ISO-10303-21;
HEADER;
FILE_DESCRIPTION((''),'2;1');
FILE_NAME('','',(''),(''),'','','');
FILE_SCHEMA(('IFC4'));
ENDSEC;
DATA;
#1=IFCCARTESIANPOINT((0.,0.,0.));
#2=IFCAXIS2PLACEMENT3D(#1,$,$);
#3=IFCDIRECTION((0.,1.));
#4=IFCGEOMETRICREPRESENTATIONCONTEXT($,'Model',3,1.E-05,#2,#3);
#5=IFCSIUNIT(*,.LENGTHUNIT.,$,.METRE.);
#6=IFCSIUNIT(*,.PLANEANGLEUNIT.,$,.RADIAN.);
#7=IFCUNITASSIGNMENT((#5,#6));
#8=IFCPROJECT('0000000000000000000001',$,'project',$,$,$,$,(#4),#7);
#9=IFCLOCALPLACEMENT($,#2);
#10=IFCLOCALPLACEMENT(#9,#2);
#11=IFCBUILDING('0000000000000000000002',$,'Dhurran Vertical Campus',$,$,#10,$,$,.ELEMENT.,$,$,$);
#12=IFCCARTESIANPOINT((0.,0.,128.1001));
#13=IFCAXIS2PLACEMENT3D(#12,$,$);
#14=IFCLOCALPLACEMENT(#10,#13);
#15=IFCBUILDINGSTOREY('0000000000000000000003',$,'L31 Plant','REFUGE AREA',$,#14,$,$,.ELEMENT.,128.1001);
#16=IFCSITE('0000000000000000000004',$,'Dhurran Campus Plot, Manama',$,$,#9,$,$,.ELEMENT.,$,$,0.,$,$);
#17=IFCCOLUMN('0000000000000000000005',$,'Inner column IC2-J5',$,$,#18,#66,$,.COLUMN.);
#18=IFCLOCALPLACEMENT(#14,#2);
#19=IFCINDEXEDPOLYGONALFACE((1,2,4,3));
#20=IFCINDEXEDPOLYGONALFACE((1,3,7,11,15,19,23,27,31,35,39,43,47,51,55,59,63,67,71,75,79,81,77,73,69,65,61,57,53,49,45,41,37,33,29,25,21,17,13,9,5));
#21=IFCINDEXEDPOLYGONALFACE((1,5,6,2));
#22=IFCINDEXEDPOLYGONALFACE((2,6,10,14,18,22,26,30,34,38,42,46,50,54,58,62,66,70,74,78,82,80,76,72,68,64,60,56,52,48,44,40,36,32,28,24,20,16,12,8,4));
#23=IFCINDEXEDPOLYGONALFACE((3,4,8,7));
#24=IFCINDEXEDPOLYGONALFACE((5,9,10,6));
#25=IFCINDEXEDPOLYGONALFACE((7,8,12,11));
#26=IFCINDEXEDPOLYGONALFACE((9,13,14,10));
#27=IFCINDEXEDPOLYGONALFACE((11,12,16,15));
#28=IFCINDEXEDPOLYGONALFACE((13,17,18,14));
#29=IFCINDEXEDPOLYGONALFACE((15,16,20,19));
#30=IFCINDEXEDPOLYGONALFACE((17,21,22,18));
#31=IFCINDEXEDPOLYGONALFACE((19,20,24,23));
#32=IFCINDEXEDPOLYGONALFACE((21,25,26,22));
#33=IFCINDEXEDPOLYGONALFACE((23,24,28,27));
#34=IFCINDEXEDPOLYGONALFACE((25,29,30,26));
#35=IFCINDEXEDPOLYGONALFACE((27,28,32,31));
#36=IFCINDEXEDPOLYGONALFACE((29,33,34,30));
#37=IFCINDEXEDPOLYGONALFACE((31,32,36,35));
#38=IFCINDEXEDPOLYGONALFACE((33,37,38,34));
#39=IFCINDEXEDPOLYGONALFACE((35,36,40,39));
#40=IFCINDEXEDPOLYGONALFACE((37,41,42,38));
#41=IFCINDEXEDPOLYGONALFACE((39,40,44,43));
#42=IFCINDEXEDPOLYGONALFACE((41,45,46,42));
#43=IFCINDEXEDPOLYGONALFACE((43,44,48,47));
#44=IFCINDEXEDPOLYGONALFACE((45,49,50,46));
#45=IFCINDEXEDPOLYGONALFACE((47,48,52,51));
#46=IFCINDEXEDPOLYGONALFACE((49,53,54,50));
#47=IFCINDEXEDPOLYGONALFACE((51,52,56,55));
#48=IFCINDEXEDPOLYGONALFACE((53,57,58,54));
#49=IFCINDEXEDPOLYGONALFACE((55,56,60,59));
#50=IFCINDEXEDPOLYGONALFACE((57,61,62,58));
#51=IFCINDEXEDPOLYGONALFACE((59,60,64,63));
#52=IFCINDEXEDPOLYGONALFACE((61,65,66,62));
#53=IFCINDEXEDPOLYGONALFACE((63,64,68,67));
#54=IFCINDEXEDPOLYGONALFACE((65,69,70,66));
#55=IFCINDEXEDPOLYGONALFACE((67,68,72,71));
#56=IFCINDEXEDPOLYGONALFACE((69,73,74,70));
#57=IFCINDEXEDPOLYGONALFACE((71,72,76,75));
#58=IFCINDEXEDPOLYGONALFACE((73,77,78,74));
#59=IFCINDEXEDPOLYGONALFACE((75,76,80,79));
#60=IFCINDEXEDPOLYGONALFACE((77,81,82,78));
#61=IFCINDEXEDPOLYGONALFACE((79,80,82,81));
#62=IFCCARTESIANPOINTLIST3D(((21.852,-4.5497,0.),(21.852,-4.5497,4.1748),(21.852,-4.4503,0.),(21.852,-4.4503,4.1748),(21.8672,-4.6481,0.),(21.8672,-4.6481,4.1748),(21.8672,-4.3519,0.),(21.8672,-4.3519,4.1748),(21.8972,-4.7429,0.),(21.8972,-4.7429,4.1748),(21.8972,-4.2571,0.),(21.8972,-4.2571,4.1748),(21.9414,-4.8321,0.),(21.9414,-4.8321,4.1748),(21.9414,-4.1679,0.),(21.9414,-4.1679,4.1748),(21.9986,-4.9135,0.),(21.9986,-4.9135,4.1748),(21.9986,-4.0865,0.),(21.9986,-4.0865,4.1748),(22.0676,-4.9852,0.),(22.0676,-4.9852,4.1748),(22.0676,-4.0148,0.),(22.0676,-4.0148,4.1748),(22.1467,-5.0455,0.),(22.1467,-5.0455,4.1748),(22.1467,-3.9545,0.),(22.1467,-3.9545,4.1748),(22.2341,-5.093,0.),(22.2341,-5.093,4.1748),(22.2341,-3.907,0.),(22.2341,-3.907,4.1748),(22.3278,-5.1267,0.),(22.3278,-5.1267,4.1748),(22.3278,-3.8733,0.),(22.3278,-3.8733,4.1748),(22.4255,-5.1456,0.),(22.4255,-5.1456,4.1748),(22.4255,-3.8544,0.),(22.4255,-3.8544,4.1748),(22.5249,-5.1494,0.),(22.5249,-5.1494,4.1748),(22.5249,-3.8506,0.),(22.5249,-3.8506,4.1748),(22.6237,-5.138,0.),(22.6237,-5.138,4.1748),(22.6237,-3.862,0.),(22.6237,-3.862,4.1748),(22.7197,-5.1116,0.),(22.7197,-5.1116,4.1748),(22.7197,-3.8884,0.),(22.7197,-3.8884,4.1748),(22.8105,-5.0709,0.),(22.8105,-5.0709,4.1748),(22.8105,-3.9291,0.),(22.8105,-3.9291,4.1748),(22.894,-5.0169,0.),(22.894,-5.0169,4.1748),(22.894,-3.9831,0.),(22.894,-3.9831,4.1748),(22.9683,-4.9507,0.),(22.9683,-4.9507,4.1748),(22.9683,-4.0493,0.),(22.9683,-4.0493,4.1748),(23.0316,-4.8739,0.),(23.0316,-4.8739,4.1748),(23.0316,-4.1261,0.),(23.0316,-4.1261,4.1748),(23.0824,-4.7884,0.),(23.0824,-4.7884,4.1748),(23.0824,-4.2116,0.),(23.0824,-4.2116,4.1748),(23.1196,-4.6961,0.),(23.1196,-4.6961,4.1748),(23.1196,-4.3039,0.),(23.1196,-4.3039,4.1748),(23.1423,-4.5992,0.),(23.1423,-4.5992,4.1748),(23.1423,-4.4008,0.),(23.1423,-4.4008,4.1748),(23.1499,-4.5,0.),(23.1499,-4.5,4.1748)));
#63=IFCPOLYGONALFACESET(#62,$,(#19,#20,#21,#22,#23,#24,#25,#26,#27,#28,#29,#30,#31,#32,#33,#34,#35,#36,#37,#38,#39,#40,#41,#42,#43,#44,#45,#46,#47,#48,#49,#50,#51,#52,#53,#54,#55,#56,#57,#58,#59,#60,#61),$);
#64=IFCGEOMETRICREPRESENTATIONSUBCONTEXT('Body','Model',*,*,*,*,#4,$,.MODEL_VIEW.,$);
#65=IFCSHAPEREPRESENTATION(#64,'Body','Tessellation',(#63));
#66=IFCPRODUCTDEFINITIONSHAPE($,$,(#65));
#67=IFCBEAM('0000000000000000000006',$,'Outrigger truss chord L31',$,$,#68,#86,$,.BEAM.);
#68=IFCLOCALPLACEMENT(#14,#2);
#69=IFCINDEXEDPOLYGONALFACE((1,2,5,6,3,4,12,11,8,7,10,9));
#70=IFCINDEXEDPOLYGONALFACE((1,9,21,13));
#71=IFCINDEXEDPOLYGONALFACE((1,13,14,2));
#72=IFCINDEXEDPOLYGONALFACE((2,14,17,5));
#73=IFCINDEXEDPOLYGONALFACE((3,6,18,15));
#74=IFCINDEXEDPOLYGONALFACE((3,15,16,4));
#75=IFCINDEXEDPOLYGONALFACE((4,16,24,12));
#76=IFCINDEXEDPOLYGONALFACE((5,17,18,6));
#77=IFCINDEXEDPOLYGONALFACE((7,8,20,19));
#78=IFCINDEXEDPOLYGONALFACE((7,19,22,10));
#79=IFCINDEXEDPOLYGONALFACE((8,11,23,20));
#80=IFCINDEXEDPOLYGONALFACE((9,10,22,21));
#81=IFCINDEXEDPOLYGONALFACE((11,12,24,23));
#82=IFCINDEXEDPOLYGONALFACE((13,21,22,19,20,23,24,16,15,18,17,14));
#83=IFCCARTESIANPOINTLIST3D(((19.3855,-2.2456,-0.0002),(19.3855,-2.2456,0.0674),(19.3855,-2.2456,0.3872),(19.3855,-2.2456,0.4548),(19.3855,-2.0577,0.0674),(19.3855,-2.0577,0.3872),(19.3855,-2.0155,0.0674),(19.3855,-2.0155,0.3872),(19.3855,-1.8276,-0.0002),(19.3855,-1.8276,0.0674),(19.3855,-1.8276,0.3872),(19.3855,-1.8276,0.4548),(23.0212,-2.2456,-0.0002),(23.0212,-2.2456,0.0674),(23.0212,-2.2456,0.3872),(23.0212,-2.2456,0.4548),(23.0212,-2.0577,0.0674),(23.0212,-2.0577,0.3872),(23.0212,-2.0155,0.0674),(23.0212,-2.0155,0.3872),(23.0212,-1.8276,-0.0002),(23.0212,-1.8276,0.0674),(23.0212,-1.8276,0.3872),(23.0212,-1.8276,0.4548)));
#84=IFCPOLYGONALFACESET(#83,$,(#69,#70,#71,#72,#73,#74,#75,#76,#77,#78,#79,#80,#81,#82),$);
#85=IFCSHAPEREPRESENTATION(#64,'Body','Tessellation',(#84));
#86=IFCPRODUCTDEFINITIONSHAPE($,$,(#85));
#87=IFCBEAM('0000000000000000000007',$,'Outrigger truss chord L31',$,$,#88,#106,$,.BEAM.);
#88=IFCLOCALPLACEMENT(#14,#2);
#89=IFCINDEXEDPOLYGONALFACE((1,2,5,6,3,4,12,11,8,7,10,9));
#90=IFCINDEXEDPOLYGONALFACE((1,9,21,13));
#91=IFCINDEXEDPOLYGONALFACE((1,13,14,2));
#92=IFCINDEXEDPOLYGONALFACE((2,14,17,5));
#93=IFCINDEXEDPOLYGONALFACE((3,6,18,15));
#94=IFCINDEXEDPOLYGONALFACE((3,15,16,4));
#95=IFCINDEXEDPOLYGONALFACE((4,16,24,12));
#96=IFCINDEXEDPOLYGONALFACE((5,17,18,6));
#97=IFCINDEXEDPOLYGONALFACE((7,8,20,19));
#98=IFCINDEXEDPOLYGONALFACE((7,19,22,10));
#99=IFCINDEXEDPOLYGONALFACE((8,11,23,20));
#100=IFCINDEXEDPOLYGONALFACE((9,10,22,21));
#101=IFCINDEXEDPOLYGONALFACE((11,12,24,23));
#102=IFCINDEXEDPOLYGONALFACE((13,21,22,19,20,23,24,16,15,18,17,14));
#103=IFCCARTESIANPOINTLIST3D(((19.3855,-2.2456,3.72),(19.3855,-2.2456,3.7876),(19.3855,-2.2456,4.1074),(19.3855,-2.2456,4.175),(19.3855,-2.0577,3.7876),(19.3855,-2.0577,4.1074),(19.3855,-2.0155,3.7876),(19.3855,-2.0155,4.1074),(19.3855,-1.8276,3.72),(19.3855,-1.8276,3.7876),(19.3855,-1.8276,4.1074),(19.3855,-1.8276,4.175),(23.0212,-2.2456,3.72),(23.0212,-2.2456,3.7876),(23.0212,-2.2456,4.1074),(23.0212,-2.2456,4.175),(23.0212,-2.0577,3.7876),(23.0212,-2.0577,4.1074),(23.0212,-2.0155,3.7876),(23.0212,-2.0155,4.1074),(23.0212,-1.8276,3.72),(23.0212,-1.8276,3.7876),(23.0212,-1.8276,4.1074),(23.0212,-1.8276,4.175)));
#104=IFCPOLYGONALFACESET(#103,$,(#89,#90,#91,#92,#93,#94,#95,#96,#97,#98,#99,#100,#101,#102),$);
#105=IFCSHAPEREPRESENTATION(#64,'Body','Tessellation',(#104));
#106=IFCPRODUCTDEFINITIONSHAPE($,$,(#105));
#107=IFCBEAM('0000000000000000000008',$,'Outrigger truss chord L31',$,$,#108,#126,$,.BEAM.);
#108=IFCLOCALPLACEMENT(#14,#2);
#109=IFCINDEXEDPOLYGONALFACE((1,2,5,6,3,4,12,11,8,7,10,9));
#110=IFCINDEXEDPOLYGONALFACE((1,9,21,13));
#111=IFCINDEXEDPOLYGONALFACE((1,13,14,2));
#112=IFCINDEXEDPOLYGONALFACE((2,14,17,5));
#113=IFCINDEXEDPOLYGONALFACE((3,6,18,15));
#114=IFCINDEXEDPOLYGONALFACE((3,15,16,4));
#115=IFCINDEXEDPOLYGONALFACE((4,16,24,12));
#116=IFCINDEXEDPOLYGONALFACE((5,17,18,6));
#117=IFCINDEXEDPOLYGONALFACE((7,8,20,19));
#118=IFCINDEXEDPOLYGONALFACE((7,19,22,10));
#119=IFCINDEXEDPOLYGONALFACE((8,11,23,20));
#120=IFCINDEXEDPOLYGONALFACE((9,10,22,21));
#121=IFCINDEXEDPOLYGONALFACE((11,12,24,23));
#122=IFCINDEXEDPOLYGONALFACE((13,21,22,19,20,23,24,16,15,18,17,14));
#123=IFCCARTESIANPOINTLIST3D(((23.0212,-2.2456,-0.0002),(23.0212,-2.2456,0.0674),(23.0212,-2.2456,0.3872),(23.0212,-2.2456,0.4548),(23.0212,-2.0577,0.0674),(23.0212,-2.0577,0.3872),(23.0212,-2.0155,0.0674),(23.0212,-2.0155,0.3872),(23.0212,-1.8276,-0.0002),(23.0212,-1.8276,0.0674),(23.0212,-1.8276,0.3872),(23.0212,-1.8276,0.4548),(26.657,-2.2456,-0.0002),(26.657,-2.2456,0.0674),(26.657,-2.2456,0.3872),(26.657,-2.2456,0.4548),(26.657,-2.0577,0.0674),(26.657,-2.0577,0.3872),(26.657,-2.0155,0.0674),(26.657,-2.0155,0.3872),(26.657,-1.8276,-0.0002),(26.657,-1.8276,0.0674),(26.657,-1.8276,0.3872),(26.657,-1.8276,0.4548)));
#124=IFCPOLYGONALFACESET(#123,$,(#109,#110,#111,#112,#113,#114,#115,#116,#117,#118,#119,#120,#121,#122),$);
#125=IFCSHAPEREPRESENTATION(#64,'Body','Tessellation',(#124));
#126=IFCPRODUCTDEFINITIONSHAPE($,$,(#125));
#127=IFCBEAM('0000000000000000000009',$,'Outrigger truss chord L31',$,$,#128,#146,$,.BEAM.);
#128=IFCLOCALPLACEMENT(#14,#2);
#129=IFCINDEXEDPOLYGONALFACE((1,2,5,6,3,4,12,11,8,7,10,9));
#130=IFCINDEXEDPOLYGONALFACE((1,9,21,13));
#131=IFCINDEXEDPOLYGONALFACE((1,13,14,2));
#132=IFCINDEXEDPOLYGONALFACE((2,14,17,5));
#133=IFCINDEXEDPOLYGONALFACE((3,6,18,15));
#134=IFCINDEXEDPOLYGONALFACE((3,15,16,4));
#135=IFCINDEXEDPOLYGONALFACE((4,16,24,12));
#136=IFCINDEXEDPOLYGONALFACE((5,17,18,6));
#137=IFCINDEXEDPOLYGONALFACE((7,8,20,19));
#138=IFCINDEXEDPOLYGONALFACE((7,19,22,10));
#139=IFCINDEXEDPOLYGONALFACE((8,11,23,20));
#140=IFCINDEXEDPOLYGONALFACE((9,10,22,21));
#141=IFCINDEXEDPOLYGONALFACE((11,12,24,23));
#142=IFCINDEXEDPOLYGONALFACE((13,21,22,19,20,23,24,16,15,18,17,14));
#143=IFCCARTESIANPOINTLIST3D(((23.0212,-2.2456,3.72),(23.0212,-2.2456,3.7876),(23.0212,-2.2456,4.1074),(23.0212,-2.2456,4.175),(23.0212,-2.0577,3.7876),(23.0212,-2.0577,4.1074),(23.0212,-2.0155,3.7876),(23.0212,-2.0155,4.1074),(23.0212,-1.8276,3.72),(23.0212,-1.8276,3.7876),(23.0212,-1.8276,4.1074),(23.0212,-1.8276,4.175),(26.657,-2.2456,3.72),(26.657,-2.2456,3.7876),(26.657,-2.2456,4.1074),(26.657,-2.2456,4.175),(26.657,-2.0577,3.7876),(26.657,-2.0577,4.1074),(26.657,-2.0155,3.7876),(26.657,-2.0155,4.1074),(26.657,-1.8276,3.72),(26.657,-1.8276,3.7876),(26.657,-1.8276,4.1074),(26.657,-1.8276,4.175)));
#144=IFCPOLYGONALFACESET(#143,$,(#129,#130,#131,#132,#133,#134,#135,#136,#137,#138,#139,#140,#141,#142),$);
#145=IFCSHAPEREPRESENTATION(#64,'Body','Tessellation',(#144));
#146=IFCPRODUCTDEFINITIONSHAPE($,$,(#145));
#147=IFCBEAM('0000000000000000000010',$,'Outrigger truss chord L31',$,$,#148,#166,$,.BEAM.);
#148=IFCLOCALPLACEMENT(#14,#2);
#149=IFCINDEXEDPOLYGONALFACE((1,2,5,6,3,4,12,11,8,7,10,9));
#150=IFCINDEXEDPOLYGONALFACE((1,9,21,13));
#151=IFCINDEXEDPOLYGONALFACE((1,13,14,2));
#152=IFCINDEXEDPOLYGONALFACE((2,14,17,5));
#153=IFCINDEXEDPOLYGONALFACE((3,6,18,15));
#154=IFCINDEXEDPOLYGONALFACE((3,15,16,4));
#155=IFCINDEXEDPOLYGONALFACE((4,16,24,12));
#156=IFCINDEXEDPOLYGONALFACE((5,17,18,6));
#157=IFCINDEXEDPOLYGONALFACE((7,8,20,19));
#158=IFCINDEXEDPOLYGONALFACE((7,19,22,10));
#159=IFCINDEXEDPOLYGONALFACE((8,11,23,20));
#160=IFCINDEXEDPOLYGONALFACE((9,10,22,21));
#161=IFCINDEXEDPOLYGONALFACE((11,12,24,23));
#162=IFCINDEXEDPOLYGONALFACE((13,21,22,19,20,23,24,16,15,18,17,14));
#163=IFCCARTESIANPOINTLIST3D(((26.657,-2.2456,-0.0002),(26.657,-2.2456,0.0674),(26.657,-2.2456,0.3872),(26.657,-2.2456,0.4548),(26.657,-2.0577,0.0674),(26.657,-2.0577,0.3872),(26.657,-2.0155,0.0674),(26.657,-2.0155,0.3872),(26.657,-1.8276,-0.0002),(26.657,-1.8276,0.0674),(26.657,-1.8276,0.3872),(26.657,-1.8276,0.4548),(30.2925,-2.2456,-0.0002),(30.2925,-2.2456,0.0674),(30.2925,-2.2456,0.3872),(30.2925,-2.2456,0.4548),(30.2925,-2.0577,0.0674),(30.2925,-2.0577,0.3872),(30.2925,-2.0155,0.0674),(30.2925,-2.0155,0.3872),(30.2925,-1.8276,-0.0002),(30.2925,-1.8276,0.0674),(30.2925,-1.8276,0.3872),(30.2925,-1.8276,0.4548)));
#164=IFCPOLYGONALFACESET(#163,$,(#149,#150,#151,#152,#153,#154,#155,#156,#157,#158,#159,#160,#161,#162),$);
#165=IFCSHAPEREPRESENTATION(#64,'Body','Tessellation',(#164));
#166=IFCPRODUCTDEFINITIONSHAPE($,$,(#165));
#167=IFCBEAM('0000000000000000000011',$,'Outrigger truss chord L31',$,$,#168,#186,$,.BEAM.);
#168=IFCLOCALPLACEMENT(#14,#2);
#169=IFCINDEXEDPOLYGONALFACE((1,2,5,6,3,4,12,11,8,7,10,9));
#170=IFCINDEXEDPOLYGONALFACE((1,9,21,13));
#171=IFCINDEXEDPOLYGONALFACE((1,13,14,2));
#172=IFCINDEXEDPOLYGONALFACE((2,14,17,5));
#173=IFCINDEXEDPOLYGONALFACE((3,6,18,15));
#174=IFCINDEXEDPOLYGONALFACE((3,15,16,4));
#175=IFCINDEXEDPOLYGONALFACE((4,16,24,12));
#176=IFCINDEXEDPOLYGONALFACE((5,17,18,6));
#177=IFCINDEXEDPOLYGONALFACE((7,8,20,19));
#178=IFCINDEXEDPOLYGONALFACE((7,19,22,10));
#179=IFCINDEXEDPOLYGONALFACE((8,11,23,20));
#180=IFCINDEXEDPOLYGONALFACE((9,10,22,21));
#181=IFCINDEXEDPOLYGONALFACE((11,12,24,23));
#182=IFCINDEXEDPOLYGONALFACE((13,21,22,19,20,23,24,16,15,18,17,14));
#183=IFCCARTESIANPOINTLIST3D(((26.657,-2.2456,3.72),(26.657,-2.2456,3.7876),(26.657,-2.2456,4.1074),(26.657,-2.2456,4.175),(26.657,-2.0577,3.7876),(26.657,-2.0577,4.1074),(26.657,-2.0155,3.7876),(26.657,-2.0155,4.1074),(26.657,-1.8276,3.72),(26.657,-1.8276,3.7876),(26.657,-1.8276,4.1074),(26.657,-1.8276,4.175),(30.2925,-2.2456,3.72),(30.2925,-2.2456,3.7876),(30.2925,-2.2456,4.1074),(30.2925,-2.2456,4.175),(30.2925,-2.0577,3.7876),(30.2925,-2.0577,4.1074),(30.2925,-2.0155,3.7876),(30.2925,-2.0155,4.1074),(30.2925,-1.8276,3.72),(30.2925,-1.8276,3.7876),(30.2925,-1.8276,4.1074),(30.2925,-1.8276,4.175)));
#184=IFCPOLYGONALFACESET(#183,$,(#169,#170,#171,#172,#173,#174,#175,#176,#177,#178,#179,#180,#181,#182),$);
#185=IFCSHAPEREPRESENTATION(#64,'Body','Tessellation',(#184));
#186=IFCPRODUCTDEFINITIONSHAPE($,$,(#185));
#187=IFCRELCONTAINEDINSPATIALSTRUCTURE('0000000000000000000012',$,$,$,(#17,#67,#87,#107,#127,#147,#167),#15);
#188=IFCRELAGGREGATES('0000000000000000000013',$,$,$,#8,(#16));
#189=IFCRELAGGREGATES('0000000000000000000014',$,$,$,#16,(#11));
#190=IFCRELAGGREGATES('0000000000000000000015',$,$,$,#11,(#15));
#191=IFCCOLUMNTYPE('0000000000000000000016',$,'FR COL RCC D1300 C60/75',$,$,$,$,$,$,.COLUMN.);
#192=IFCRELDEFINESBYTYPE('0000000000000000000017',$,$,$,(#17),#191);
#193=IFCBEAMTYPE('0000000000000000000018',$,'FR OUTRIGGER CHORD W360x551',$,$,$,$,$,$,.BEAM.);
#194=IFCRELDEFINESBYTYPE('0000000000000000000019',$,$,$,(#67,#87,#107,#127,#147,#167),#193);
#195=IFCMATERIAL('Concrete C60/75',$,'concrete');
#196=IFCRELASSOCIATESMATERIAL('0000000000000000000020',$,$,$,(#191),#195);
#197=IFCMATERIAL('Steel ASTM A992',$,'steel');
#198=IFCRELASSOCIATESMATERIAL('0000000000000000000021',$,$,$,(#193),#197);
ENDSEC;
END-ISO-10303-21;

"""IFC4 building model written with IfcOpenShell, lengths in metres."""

from ifc_helpers import new_model, si_unit, direction, frame, origin, origin_2d, place, context, subcontext, project, spatial, circle, i_section, extrude, material, material_profile, profile_set, type_object, element, save


model = new_model("IFC4")

# Units and contexts
model_context = context("Model", 3, precision=1e-05, world=origin(), true_north=direction((0.0, 1.0)))
body_context = subcontext(model_context, "Body", "Model", "MODEL_VIEW")
ifc_project = project(units=[si_unit("LENGTHUNIT", "METRE"), si_unit("PLANEANGLEUNIT", "RADIAN")], contexts=[model_context])

# Site, building, storey
site_placement = place(None, origin())
site = spatial("IfcSite", under=ifc_project, at=site_placement, Name="Dhurran Campus Plot, Manama", CompositionType="ELEMENT", RefElevation=0.0)
building_placement = place(site_placement, origin())
building = spatial("IfcBuilding", under=site, at=building_placement, Name="Dhurran Vertical Campus", CompositionType="ELEMENT")
storey_placement = place(building_placement, frame((0.0, 0.0, 128.1001)))
storey = spatial("IfcBuildingStorey", under=building, at=storey_placement, Name="L31 Plant", Description="REFUGE AREA", CompositionType="ELEMENT", Elevation=128.1001)

# Column
ifc_material_1 = material(Name="Concrete C60/75", Category="concrete")
ifc_material_profile_1 = material_profile(ifc_material_1, circle(Radius=0.6499, at=origin_2d()), Name="RCC D1300")
ifc_profile_set_1 = profile_set([ifc_material_profile_1], Name="Concrete C60/75")
column_type = type_object("IfcColumnType", Name="FR COL RCC D1300 C60/75", PredefinedType="COLUMN", material=ifc_profile_set_1)
column_placement = place(storey_placement, frame((22.5, -4.5, 0.0), z_axis=(0.0, 0.0, 1.0), x_axis=(1.0, 0.0, 0.0)))
element("IfcColumn", 1, at=column_placement, inside=storey, type_object=column_type, Name="Inner column IC2-J5", PredefinedType="COLUMN", context=body_context, shape_type="SweptSolid", body=[
    extrude(circle(Radius=0.6499, at=origin_2d()), origin(), (0.0, 0.0, 1.0), 4.1748),
])

# Beams
ifc_material_2 = material(Name="Steel ASTM A992", Category="steel")
ifc_material_profile_2 = material_profile(ifc_material_2, i_section(OverallWidth=0.418, OverallDepth=0.4551, WebThickness=0.0422, FlangeThickness=0.0676, at=origin_2d()), Name="W360x551")
ifc_profile_set_2 = profile_set([ifc_material_profile_2], Name="Steel ASTM A992")
beam_type = type_object("IfcBeamType", Name="FR OUTRIGGER CHORD W360x551", PredefinedType="BEAM", material=ifc_profile_set_2)
for number, where, z_axis, x_axis, name in (
    (2, (19.3855, -2.0366, 0.2273), (1.0, 0.0, 0.0), (0.0, 1.0, 0.0), "Outrigger truss chord L31"),
    (3, (19.3855, -2.0366, 3.9475), (1.0, 0.0, 0.0), (0.0, 1.0, 0.0), "Outrigger truss chord L31"),
    (4, (23.0212, -2.0366, 0.2273), (1.0, 0.0, 0.0), (0.0, 1.0, 0.0), "Outrigger truss chord L31"),
    (5, (23.0212, -2.0366, 3.9475), (1.0, 0.0, 0.0), (0.0, 1.0, 0.0), "Outrigger truss chord L31"),
):
    element("IfcBeam", number, at=place(storey_placement, frame(where, z_axis=z_axis, x_axis=x_axis)), inside=storey, type_object=beam_type, Name=name, PredefinedType="BEAM", context=body_context, shape_type="SweptSolid", body=[
        extrude(i_section(OverallWidth=0.418, OverallDepth=0.4551, WebThickness=0.0422, FlangeThickness=0.0676, at=origin_2d()), origin(), (0.0, 0.0, 1.0), 3.6357),
    ])
for number, where, z_axis, x_axis, name in (
    (6, (26.657, -2.0366, 0.2273), (1.0, 0.0, 0.0), (0.0, 1.0, 0.0), "Outrigger truss chord L31"),
    (7, (26.657, -2.0366, 3.9475), (1.0, 0.0, 0.0), (0.0, 1.0, 0.0), "Outrigger truss chord L31"),
):
    element("IfcBeam", number, at=place(storey_placement, frame(where, z_axis=z_axis, x_axis=x_axis)), inside=storey, type_object=beam_type, Name=name, PredefinedType="BEAM", context=body_context, shape_type="SweptSolid", body=[
        extrude(i_section(OverallWidth=0.418, OverallDepth=0.4551, WebThickness=0.0422, FlangeThickness=0.0676, at=origin_2d()), origin(), (0.0, 0.0, 1.0), 3.6355),
    ])

save(model, "model.ifc")
